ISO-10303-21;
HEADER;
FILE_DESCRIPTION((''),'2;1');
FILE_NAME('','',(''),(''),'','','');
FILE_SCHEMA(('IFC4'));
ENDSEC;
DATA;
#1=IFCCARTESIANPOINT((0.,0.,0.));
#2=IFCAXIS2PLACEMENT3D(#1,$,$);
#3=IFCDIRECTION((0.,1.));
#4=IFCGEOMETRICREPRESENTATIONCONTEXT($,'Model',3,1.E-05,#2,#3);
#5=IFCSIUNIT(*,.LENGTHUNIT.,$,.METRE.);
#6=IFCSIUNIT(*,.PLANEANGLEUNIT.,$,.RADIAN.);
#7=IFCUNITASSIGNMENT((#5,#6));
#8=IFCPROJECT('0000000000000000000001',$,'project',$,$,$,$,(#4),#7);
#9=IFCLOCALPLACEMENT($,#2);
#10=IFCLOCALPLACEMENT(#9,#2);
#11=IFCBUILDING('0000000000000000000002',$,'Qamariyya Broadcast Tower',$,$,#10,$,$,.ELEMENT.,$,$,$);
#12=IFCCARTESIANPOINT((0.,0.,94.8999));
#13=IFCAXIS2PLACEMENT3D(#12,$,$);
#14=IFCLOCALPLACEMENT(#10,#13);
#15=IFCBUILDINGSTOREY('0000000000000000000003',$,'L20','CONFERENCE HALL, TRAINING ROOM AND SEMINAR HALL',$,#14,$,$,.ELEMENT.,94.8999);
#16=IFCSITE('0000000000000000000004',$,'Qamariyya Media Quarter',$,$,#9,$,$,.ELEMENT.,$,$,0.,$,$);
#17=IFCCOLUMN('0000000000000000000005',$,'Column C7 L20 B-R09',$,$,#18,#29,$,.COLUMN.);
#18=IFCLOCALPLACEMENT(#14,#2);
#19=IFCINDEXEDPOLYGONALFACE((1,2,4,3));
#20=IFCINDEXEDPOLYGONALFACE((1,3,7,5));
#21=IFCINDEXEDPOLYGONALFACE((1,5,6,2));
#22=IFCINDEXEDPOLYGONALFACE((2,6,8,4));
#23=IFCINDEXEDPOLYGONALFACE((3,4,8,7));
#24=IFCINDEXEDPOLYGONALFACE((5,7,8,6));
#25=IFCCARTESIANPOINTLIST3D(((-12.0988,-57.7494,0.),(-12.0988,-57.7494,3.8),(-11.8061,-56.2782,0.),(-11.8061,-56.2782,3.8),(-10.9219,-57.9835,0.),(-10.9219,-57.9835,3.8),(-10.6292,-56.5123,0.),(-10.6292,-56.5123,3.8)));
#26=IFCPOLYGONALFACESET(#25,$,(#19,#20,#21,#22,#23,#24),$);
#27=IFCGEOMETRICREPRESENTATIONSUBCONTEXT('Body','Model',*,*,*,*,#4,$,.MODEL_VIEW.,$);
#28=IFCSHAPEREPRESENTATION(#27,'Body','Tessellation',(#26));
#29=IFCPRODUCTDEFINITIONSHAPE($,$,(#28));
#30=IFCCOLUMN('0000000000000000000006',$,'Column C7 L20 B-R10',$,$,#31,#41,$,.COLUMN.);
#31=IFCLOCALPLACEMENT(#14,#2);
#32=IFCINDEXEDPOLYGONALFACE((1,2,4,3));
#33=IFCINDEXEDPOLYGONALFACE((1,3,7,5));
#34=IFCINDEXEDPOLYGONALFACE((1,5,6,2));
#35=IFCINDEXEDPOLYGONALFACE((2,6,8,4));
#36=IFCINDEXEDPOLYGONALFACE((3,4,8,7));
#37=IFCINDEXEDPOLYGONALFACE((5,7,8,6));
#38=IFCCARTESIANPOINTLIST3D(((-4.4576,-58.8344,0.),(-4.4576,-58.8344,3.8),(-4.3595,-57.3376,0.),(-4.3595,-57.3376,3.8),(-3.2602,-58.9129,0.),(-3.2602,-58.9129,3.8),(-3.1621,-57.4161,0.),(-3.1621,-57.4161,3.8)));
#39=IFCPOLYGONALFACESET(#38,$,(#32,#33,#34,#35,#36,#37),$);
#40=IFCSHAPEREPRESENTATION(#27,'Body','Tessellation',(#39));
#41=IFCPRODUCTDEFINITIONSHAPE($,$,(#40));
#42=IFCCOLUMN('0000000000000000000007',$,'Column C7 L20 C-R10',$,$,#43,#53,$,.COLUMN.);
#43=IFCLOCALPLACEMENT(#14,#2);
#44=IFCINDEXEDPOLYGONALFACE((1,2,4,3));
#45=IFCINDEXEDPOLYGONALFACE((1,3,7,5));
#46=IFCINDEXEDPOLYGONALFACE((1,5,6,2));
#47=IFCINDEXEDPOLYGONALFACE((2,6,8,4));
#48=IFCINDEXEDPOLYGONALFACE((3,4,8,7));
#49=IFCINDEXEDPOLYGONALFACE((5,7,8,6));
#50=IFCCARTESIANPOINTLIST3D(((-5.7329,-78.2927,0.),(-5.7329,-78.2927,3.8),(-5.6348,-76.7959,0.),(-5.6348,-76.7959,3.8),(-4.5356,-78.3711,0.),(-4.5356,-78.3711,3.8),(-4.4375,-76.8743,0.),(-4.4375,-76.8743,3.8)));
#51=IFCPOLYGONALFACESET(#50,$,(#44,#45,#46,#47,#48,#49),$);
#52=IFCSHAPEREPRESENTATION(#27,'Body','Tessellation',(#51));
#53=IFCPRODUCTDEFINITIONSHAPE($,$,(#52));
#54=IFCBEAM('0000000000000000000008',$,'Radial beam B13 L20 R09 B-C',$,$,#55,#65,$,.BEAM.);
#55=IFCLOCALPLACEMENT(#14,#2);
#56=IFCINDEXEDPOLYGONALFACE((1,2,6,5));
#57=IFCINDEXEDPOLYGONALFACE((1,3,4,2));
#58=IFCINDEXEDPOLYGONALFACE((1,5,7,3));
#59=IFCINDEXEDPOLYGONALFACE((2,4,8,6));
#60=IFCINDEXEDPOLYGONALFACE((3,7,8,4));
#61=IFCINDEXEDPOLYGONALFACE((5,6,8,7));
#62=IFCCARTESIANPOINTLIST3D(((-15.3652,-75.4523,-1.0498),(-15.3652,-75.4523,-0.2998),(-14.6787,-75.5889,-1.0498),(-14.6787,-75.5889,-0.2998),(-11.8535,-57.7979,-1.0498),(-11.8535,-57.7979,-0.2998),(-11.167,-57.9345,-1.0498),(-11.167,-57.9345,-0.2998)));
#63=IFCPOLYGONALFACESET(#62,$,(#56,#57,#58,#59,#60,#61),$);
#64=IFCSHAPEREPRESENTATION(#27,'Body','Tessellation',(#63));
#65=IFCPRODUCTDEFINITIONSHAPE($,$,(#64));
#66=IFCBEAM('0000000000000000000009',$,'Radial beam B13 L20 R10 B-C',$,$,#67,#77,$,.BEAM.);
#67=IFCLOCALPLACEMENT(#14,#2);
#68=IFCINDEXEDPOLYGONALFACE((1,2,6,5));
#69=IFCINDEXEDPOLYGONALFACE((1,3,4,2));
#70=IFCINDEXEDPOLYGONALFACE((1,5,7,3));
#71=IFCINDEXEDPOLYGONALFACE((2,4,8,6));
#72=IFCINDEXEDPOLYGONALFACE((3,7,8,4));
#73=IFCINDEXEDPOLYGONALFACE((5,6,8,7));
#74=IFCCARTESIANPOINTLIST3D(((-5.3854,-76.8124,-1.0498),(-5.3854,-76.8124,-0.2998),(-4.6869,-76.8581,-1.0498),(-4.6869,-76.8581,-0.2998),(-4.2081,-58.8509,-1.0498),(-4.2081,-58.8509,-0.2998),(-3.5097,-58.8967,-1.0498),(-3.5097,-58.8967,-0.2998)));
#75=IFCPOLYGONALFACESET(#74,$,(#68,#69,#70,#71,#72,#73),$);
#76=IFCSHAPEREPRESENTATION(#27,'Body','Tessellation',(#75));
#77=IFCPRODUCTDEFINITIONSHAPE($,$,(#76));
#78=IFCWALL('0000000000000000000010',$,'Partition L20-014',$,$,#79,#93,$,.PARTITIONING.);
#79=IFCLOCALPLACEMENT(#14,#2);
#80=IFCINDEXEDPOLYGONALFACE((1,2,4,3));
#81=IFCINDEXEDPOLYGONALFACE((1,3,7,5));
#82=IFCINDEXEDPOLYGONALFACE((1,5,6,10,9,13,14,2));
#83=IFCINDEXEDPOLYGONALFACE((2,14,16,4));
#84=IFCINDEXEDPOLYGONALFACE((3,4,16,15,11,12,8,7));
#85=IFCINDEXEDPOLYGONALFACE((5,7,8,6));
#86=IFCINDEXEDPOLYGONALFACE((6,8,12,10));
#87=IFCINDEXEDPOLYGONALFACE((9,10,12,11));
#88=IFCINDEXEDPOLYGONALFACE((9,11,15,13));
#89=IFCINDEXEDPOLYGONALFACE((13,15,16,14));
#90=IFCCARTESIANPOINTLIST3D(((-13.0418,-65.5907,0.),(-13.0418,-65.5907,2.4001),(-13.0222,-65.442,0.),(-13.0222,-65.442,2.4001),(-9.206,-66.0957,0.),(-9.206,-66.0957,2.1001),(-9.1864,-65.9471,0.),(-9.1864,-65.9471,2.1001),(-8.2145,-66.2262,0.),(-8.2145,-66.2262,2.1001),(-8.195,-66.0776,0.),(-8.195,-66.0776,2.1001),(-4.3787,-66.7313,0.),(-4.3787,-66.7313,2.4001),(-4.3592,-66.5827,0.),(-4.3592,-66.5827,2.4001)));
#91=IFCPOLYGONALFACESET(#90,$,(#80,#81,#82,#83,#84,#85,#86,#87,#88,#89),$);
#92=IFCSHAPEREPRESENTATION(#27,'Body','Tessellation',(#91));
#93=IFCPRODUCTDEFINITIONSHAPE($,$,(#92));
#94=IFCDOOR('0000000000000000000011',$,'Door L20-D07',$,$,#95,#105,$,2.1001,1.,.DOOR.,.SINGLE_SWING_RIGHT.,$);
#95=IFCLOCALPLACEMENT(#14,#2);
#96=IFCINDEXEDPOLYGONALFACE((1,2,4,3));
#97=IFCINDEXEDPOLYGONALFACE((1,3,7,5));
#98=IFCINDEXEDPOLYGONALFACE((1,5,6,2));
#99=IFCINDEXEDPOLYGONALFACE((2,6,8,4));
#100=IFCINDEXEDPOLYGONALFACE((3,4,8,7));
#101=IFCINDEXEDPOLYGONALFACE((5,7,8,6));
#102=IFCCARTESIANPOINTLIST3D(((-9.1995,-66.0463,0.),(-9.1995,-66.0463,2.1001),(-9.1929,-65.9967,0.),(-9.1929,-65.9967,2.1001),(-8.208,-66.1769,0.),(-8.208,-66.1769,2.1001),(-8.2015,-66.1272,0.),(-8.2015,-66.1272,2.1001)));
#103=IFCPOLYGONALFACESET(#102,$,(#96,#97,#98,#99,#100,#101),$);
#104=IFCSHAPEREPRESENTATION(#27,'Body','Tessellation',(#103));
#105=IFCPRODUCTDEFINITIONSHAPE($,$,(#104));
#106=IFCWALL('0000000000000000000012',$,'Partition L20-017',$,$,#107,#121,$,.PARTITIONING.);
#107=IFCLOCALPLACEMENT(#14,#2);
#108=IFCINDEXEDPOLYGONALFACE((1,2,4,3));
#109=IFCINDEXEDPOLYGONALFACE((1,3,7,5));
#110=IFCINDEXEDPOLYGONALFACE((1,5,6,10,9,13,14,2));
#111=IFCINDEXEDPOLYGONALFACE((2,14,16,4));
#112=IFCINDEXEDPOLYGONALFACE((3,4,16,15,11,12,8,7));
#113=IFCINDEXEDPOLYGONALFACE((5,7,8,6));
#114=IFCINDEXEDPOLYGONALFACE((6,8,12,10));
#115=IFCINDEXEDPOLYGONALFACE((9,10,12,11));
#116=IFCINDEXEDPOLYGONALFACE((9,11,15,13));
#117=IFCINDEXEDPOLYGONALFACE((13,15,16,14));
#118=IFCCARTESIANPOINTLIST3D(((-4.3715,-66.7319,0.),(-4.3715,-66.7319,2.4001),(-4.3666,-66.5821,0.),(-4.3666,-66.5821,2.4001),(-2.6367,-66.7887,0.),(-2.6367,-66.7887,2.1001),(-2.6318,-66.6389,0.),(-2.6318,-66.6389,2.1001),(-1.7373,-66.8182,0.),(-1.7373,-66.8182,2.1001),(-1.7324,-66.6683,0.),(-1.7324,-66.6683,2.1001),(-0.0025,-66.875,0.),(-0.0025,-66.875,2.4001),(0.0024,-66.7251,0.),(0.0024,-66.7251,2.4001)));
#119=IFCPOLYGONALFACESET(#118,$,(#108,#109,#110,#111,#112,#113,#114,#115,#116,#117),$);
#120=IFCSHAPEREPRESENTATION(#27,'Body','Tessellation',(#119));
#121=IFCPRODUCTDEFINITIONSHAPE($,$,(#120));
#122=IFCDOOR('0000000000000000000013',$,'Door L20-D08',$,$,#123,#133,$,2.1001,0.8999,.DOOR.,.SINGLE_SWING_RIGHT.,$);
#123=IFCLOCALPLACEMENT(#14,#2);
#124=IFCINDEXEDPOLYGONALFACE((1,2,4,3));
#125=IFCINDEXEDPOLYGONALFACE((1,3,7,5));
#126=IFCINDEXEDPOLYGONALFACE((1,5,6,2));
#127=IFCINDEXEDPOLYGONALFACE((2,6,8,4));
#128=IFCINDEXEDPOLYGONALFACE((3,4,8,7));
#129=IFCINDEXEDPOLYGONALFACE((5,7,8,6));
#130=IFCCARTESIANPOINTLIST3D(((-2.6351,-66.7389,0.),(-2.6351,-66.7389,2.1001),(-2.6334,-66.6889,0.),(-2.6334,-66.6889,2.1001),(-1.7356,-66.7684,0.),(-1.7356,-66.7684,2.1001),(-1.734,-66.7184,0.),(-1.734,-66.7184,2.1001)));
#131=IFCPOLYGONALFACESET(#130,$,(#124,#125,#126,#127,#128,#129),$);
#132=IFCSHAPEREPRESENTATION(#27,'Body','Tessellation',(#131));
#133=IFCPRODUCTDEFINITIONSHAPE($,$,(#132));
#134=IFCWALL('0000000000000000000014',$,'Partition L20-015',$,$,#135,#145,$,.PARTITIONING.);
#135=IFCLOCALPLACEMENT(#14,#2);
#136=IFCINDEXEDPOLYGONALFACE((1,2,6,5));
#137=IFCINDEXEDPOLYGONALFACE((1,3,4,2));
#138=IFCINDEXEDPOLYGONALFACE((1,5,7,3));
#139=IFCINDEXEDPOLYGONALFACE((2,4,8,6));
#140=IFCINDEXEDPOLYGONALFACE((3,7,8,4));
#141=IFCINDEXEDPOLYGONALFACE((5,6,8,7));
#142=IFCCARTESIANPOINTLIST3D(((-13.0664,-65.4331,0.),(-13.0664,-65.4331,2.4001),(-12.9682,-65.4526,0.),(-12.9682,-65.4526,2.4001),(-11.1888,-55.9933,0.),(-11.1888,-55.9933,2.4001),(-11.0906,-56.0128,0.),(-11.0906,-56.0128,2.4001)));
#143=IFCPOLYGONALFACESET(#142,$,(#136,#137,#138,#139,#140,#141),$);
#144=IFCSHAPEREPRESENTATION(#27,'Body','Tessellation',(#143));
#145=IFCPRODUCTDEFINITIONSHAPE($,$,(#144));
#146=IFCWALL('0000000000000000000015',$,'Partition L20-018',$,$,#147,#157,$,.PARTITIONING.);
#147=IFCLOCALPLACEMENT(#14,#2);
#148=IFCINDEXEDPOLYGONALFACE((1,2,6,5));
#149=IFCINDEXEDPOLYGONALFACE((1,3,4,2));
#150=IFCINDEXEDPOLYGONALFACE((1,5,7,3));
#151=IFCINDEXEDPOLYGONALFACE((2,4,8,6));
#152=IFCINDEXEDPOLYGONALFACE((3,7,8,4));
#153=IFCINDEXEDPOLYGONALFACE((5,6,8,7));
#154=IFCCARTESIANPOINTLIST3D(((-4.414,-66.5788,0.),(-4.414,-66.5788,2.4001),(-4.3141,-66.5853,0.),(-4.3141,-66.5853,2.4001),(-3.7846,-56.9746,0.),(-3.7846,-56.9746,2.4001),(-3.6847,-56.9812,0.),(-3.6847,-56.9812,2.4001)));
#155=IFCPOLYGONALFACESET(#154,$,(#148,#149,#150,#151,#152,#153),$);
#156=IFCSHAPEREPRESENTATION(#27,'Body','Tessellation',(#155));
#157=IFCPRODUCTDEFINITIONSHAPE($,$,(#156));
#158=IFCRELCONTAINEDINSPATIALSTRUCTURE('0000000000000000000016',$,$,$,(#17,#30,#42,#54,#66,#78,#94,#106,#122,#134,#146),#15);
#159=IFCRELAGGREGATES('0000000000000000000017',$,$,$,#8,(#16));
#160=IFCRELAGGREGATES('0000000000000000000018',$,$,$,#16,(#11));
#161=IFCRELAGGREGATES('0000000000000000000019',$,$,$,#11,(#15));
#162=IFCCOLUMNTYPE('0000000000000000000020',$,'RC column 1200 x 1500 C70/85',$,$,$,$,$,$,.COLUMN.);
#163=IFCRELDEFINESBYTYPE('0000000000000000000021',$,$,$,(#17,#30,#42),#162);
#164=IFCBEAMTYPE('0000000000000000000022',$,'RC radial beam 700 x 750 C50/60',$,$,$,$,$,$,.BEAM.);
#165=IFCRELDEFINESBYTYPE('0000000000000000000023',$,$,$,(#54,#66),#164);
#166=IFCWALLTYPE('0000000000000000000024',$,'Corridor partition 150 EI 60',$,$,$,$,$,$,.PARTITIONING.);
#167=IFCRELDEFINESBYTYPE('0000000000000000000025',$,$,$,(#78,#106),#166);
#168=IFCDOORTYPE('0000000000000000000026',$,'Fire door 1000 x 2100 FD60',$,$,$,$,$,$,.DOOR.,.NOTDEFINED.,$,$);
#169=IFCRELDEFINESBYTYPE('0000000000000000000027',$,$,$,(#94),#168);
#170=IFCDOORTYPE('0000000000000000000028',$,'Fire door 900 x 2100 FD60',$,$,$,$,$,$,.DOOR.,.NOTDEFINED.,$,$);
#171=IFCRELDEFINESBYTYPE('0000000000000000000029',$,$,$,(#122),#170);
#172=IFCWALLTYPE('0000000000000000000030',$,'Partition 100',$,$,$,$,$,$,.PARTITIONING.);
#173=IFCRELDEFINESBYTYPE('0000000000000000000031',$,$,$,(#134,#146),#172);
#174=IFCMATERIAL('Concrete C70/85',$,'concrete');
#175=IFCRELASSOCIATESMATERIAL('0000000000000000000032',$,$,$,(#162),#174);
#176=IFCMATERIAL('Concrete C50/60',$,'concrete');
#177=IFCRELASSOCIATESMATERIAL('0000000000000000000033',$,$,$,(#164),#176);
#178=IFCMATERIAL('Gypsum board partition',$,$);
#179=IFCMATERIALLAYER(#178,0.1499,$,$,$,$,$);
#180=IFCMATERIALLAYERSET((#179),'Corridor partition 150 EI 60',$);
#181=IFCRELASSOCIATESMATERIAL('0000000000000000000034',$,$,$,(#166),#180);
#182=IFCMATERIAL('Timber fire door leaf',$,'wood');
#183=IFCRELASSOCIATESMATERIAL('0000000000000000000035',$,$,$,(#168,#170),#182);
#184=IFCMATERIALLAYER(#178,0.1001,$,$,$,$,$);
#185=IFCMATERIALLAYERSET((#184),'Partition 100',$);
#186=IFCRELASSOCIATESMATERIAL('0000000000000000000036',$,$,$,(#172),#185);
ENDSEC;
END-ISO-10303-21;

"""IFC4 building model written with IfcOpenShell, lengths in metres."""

from ifc_helpers import new_model, si_unit, direction, frame, frame_2d, origin, origin_2d, place, context, subcontext, project, spatial, rectangle, extrude, material, layer, layer_set, material_profile, profile_set, type_object, element, fill, save


model = new_model("IFC4")

# Units and contexts
model_context = context("Model", 3, precision=1e-05, world=origin(), true_north=direction((0.0, 1.0)))
body_context = subcontext(model_context, "Body", "Model", "MODEL_VIEW")
ifc_project = project(units=[si_unit("LENGTHUNIT", "METRE"), si_unit("PLANEANGLEUNIT", "RADIAN")], contexts=[model_context])

# Site, building, storey
site_placement = place(None, origin())
site = spatial("IfcSite", under=ifc_project, at=site_placement, Name="Qamariyya Media Quarter", CompositionType="ELEMENT", RefElevation=0.0)
building_placement = place(site_placement, origin())
building = spatial("IfcBuilding", under=site, at=building_placement, Name="Qamariyya Broadcast Tower", CompositionType="ELEMENT")
storey_placement = place(building_placement, frame((0.0, 0.0, 94.8999)))
storey = spatial("IfcBuildingStorey", under=building, at=storey_placement, Name="L20", Description="CONFERENCE HALL, TRAINING ROOM AND SEMINAR HALL", CompositionType="ELEMENT", Elevation=94.8999)

# Columns
ifc_material_1 = material(Name="Concrete C70/85", Category="concrete")
ifc_material_profile_1 = material_profile(ifc_material_1, rectangle(XDim=1.2, YDim=1.5, at=origin_2d()))
ifc_profile_set_1 = profile_set([ifc_material_profile_1], Name="Concrete C70/85")
column_type = type_object("IfcColumnType", Name="RC column 1200 x 1500 C70/85", PredefinedType="COLUMN", material=ifc_profile_set_1)
for number, where, z_axis, x_axis, name in (
    (1, (-11.364, -57.1309, 0.0), (0.0, 0.0, 1.0), (0.980785, -0.19509, 0.0), "Column C7 L20 B-R09"),
    (2, (-3.8098, -58.1252, 0.0), (0.0, 0.0, 1.0), (0.997859, -0.065403, 0.0), "Column C7 L20 B-R10"),
    (3, (-5.0852, -77.5835, 0.0), (0.0, 0.0, 1.0), (0.997859, -0.065403, 0.0), "Column C7 L20 C-R10"),
):
    element("IfcColumn", number, at=place(storey_placement, frame(where, z_axis=z_axis, x_axis=x_axis)), inside=storey, type_object=column_type, Name=name, PredefinedType="COLUMN", context=body_context, shape_type="SweptSolid", body=[
        extrude(rectangle(XDim=1.2, YDim=1.5, at=origin_2d()), origin(), (0.0, 0.0, 1.0), 3.8),
    ])

# Beams
ifc_material_2 = material(Name="Concrete C50/60", Category="concrete")
ifc_material_profile_2 = material_profile(ifc_material_2, rectangle(XDim=0.7, YDim=0.75, at=origin_2d()))
ifc_profile_set_2 = profile_set([ifc_material_profile_2], Name="Concrete C50/60")
beam_type = type_object("IfcBeamType", Name="RC radial beam 700 x 750 C50/60", PredefinedType="BEAM", material=ifc_profile_set_2)
beam_1_placement = place(storey_placement, frame((-11.5103, -57.8662, -0.6748), z_axis=(-0.195094, -0.980785, 0.0), x_axis=(0.980785, -0.195094, 0.0)))
element("IfcBeam", 4, at=beam_1_placement, inside=storey, type_object=beam_type, Name="Radial beam B13 L20 R09 B-C", PredefinedType="BEAM", context=body_context, shape_type="SweptSolid", body=[
    extrude(rectangle(XDim=0.7, YDim=0.75, at=origin_2d()), origin(), (0.0, 0.0, 1.0), 18.0002),
])
beam_2_placement = place(storey_placement, frame((-3.8589, -58.8738, -0.6748), z_axis=(-0.065403, -0.997859, 0.0), x_axis=(0.997859, -0.065403, 0.0)))
element("IfcBeam", 5, at=beam_2_placement, inside=storey, type_object=beam_type, Name="Radial beam B13 L20 R10 B-C", PredefinedType="BEAM", context=body_context, shape_type="SweptSolid", body=[
    extrude(rectangle(XDim=0.7, YDim=0.75, at=origin_2d()), origin(), (0.0, 0.0, 1.0), 18.0),
])

# Walls, openings, doors
ifc_material_3 = material(Name="Gypsum board partition")
ifc_layer_1 = layer(ifc_material_3, 0.1499)
ifc_layer_set_1 = layer_set([ifc_layer_1], Name="Corridor partition 150 EI 60")
wall_type_1 = type_object("IfcWallType", Name="Corridor partition 150 EI 60", PredefinedType="PARTITIONING", material=ifc_layer_set_1)
wall_1_placement = place(storey_placement, frame((-13.032, -65.5164, 0.0), z_axis=(0.0, 0.0, 1.0), x_axis=(0.991443, -0.130538, 0.0)))
wall_1 = element("IfcWall", 6, at=wall_1_placement, inside=storey, type_object=wall_type_1, Name="Partition L20-014", PredefinedType="PARTITIONING", context=body_context, shape_type="SweptSolid", body=[
    extrude(rectangle(XDim=8.7378, YDim=0.1499, at=frame_2d((4.3689, 0.0))), origin(), (0.0, 0.0, 1.0), 2.4001),
])
opening_1_placement = place(wall_1_placement, frame((3.8689, 0.0, 0.0)))
opening_1 = element("IfcOpeningElement", 7, at=opening_1_placement, cuts=wall_1, PredefinedType="OPENING", context=body_context, shape_type="SweptSolid", body=[
    extrude(rectangle(XDim=1.0, YDim=2.1001, at=frame_2d((0.5, 1.05))), frame((0.0, 0.085, 0.0), z_axis=(0.0, -1.0, 0.0), x_axis=(1.0, 0.0, 0.0)), (0.0, 0.0, 1.0), 0.1699),
])
ifc_material_4 = material(Name="Timber fire door leaf", Category="wood")
door_type_1 = type_object("IfcDoorType", Name="Fire door 1000 x 2100 FD60", OperationType="NOTDEFINED", PredefinedType="DOOR", material=ifc_material_4)
door_1_placement = place(opening_1_placement, origin())
door_1 = element("IfcDoor", 8, at=door_1_placement, inside=storey, type_object=door_type_1, Name="Door L20-D07", OperationType="SINGLE_SWING_RIGHT", OverallHeight=2.1001, OverallWidth=1.0, PredefinedType="DOOR", context=body_context, shape_type="SweptSolid", body=[
    extrude(rectangle(XDim=1.0, YDim=2.1001, at=frame_2d((0.5, 1.05))), frame((0.0, 0.0249, 0.0), z_axis=(0.0, -1.0, 0.0), x_axis=(1.0, 0.0, 0.0)), (0.0, 0.0, 1.0), 0.05),
])
fill(opening_1, door_1)
wall_2_placement = place(storey_placement, frame((-4.3689, -66.657, 0.0), z_axis=(0.0, 0.0, 1.0), x_axis=(0.999464, -0.032729, 0.0)))
wall_2 = element("IfcWall", 9, at=wall_2_placement, inside=storey, type_object=wall_type_1, Name="Partition L20-017", PredefinedType="PARTITIONING", context=body_context, shape_type="SweptSolid", body=[
    extrude(rectangle(XDim=4.3713, YDim=0.1499, at=frame_2d((2.1855, 0.0))), origin(), (0.0, 0.0, 1.0), 2.4001),
])
opening_2_placement = place(wall_2_placement, frame((1.7356, 0.0, 0.0)))
opening_2 = element("IfcOpeningElement", 10, at=opening_2_placement, cuts=wall_2, PredefinedType="OPENING", context=body_context, shape_type="SweptSolid", body=[
    extrude(rectangle(XDim=0.8999, YDim=2.1001, at=frame_2d((0.45, 1.05))), frame((0.0, 0.085, 0.0), z_axis=(0.0, -1.0, 0.0), x_axis=(1.0, 0.0, 0.0)), (0.0, 0.0, 1.0), 0.1699),
])
door_type_2 = type_object("IfcDoorType", Name="Fire door 900 x 2100 FD60", OperationType="NOTDEFINED", PredefinedType="DOOR", material=ifc_material_4)
door_2_placement = place(opening_2_placement, origin())
door_2 = element("IfcDoor", 11, at=door_2_placement, inside=storey, type_object=door_type_2, Name="Door L20-D08", OperationType="SINGLE_SWING_RIGHT", OverallHeight=2.1001, OverallWidth=0.8999, PredefinedType="DOOR", context=body_context, shape_type="SweptSolid", body=[
    extrude(rectangle(XDim=0.8999, YDim=2.1001, at=frame_2d((0.45, 1.05))), frame((0.0, 0.0249, 0.0), z_axis=(0.0, -1.0, 0.0), x_axis=(1.0, 0.0, 0.0)), (0.0, 0.0, 1.0), 0.05),
])
fill(opening_2, door_2)

# Walls
ifc_layer_2 = layer(ifc_material_3, 0.1001)
ifc_layer_set_2 = layer_set([ifc_layer_2], Name="Partition 100")
wall_type_2 = type_object("IfcWallType", Name="Partition 100", PredefinedType="PARTITIONING", material=ifc_layer_set_2)
for number, where, z_axis, x_axis, name in (
    (12, (-11.1396, -56.0029, 0.0), (0.0, 0.0, 1.0), (-0.195087, -0.980786, 0.0), "Partition L20-015"),
    (13, (-3.7346, -56.9778, 0.0), (0.0, 0.0, 1.0), (-0.065393, -0.99786, 0.0), "Partition L20-018"),
):
    element("IfcWall", number, at=place(storey_placement, frame(where, z_axis=z_axis, x_axis=x_axis)), inside=storey, type_object=wall_type_2, Name=name, PredefinedType="PARTITIONING", context=body_context, shape_type="SweptSolid", body=[
        extrude(rectangle(XDim=9.6248, YDim=0.1001, at=frame_2d((4.8125, 0.0))), origin(), (0.0, 0.0, 1.0), 2.4001),
    ])

save(model, "model.ifc")
